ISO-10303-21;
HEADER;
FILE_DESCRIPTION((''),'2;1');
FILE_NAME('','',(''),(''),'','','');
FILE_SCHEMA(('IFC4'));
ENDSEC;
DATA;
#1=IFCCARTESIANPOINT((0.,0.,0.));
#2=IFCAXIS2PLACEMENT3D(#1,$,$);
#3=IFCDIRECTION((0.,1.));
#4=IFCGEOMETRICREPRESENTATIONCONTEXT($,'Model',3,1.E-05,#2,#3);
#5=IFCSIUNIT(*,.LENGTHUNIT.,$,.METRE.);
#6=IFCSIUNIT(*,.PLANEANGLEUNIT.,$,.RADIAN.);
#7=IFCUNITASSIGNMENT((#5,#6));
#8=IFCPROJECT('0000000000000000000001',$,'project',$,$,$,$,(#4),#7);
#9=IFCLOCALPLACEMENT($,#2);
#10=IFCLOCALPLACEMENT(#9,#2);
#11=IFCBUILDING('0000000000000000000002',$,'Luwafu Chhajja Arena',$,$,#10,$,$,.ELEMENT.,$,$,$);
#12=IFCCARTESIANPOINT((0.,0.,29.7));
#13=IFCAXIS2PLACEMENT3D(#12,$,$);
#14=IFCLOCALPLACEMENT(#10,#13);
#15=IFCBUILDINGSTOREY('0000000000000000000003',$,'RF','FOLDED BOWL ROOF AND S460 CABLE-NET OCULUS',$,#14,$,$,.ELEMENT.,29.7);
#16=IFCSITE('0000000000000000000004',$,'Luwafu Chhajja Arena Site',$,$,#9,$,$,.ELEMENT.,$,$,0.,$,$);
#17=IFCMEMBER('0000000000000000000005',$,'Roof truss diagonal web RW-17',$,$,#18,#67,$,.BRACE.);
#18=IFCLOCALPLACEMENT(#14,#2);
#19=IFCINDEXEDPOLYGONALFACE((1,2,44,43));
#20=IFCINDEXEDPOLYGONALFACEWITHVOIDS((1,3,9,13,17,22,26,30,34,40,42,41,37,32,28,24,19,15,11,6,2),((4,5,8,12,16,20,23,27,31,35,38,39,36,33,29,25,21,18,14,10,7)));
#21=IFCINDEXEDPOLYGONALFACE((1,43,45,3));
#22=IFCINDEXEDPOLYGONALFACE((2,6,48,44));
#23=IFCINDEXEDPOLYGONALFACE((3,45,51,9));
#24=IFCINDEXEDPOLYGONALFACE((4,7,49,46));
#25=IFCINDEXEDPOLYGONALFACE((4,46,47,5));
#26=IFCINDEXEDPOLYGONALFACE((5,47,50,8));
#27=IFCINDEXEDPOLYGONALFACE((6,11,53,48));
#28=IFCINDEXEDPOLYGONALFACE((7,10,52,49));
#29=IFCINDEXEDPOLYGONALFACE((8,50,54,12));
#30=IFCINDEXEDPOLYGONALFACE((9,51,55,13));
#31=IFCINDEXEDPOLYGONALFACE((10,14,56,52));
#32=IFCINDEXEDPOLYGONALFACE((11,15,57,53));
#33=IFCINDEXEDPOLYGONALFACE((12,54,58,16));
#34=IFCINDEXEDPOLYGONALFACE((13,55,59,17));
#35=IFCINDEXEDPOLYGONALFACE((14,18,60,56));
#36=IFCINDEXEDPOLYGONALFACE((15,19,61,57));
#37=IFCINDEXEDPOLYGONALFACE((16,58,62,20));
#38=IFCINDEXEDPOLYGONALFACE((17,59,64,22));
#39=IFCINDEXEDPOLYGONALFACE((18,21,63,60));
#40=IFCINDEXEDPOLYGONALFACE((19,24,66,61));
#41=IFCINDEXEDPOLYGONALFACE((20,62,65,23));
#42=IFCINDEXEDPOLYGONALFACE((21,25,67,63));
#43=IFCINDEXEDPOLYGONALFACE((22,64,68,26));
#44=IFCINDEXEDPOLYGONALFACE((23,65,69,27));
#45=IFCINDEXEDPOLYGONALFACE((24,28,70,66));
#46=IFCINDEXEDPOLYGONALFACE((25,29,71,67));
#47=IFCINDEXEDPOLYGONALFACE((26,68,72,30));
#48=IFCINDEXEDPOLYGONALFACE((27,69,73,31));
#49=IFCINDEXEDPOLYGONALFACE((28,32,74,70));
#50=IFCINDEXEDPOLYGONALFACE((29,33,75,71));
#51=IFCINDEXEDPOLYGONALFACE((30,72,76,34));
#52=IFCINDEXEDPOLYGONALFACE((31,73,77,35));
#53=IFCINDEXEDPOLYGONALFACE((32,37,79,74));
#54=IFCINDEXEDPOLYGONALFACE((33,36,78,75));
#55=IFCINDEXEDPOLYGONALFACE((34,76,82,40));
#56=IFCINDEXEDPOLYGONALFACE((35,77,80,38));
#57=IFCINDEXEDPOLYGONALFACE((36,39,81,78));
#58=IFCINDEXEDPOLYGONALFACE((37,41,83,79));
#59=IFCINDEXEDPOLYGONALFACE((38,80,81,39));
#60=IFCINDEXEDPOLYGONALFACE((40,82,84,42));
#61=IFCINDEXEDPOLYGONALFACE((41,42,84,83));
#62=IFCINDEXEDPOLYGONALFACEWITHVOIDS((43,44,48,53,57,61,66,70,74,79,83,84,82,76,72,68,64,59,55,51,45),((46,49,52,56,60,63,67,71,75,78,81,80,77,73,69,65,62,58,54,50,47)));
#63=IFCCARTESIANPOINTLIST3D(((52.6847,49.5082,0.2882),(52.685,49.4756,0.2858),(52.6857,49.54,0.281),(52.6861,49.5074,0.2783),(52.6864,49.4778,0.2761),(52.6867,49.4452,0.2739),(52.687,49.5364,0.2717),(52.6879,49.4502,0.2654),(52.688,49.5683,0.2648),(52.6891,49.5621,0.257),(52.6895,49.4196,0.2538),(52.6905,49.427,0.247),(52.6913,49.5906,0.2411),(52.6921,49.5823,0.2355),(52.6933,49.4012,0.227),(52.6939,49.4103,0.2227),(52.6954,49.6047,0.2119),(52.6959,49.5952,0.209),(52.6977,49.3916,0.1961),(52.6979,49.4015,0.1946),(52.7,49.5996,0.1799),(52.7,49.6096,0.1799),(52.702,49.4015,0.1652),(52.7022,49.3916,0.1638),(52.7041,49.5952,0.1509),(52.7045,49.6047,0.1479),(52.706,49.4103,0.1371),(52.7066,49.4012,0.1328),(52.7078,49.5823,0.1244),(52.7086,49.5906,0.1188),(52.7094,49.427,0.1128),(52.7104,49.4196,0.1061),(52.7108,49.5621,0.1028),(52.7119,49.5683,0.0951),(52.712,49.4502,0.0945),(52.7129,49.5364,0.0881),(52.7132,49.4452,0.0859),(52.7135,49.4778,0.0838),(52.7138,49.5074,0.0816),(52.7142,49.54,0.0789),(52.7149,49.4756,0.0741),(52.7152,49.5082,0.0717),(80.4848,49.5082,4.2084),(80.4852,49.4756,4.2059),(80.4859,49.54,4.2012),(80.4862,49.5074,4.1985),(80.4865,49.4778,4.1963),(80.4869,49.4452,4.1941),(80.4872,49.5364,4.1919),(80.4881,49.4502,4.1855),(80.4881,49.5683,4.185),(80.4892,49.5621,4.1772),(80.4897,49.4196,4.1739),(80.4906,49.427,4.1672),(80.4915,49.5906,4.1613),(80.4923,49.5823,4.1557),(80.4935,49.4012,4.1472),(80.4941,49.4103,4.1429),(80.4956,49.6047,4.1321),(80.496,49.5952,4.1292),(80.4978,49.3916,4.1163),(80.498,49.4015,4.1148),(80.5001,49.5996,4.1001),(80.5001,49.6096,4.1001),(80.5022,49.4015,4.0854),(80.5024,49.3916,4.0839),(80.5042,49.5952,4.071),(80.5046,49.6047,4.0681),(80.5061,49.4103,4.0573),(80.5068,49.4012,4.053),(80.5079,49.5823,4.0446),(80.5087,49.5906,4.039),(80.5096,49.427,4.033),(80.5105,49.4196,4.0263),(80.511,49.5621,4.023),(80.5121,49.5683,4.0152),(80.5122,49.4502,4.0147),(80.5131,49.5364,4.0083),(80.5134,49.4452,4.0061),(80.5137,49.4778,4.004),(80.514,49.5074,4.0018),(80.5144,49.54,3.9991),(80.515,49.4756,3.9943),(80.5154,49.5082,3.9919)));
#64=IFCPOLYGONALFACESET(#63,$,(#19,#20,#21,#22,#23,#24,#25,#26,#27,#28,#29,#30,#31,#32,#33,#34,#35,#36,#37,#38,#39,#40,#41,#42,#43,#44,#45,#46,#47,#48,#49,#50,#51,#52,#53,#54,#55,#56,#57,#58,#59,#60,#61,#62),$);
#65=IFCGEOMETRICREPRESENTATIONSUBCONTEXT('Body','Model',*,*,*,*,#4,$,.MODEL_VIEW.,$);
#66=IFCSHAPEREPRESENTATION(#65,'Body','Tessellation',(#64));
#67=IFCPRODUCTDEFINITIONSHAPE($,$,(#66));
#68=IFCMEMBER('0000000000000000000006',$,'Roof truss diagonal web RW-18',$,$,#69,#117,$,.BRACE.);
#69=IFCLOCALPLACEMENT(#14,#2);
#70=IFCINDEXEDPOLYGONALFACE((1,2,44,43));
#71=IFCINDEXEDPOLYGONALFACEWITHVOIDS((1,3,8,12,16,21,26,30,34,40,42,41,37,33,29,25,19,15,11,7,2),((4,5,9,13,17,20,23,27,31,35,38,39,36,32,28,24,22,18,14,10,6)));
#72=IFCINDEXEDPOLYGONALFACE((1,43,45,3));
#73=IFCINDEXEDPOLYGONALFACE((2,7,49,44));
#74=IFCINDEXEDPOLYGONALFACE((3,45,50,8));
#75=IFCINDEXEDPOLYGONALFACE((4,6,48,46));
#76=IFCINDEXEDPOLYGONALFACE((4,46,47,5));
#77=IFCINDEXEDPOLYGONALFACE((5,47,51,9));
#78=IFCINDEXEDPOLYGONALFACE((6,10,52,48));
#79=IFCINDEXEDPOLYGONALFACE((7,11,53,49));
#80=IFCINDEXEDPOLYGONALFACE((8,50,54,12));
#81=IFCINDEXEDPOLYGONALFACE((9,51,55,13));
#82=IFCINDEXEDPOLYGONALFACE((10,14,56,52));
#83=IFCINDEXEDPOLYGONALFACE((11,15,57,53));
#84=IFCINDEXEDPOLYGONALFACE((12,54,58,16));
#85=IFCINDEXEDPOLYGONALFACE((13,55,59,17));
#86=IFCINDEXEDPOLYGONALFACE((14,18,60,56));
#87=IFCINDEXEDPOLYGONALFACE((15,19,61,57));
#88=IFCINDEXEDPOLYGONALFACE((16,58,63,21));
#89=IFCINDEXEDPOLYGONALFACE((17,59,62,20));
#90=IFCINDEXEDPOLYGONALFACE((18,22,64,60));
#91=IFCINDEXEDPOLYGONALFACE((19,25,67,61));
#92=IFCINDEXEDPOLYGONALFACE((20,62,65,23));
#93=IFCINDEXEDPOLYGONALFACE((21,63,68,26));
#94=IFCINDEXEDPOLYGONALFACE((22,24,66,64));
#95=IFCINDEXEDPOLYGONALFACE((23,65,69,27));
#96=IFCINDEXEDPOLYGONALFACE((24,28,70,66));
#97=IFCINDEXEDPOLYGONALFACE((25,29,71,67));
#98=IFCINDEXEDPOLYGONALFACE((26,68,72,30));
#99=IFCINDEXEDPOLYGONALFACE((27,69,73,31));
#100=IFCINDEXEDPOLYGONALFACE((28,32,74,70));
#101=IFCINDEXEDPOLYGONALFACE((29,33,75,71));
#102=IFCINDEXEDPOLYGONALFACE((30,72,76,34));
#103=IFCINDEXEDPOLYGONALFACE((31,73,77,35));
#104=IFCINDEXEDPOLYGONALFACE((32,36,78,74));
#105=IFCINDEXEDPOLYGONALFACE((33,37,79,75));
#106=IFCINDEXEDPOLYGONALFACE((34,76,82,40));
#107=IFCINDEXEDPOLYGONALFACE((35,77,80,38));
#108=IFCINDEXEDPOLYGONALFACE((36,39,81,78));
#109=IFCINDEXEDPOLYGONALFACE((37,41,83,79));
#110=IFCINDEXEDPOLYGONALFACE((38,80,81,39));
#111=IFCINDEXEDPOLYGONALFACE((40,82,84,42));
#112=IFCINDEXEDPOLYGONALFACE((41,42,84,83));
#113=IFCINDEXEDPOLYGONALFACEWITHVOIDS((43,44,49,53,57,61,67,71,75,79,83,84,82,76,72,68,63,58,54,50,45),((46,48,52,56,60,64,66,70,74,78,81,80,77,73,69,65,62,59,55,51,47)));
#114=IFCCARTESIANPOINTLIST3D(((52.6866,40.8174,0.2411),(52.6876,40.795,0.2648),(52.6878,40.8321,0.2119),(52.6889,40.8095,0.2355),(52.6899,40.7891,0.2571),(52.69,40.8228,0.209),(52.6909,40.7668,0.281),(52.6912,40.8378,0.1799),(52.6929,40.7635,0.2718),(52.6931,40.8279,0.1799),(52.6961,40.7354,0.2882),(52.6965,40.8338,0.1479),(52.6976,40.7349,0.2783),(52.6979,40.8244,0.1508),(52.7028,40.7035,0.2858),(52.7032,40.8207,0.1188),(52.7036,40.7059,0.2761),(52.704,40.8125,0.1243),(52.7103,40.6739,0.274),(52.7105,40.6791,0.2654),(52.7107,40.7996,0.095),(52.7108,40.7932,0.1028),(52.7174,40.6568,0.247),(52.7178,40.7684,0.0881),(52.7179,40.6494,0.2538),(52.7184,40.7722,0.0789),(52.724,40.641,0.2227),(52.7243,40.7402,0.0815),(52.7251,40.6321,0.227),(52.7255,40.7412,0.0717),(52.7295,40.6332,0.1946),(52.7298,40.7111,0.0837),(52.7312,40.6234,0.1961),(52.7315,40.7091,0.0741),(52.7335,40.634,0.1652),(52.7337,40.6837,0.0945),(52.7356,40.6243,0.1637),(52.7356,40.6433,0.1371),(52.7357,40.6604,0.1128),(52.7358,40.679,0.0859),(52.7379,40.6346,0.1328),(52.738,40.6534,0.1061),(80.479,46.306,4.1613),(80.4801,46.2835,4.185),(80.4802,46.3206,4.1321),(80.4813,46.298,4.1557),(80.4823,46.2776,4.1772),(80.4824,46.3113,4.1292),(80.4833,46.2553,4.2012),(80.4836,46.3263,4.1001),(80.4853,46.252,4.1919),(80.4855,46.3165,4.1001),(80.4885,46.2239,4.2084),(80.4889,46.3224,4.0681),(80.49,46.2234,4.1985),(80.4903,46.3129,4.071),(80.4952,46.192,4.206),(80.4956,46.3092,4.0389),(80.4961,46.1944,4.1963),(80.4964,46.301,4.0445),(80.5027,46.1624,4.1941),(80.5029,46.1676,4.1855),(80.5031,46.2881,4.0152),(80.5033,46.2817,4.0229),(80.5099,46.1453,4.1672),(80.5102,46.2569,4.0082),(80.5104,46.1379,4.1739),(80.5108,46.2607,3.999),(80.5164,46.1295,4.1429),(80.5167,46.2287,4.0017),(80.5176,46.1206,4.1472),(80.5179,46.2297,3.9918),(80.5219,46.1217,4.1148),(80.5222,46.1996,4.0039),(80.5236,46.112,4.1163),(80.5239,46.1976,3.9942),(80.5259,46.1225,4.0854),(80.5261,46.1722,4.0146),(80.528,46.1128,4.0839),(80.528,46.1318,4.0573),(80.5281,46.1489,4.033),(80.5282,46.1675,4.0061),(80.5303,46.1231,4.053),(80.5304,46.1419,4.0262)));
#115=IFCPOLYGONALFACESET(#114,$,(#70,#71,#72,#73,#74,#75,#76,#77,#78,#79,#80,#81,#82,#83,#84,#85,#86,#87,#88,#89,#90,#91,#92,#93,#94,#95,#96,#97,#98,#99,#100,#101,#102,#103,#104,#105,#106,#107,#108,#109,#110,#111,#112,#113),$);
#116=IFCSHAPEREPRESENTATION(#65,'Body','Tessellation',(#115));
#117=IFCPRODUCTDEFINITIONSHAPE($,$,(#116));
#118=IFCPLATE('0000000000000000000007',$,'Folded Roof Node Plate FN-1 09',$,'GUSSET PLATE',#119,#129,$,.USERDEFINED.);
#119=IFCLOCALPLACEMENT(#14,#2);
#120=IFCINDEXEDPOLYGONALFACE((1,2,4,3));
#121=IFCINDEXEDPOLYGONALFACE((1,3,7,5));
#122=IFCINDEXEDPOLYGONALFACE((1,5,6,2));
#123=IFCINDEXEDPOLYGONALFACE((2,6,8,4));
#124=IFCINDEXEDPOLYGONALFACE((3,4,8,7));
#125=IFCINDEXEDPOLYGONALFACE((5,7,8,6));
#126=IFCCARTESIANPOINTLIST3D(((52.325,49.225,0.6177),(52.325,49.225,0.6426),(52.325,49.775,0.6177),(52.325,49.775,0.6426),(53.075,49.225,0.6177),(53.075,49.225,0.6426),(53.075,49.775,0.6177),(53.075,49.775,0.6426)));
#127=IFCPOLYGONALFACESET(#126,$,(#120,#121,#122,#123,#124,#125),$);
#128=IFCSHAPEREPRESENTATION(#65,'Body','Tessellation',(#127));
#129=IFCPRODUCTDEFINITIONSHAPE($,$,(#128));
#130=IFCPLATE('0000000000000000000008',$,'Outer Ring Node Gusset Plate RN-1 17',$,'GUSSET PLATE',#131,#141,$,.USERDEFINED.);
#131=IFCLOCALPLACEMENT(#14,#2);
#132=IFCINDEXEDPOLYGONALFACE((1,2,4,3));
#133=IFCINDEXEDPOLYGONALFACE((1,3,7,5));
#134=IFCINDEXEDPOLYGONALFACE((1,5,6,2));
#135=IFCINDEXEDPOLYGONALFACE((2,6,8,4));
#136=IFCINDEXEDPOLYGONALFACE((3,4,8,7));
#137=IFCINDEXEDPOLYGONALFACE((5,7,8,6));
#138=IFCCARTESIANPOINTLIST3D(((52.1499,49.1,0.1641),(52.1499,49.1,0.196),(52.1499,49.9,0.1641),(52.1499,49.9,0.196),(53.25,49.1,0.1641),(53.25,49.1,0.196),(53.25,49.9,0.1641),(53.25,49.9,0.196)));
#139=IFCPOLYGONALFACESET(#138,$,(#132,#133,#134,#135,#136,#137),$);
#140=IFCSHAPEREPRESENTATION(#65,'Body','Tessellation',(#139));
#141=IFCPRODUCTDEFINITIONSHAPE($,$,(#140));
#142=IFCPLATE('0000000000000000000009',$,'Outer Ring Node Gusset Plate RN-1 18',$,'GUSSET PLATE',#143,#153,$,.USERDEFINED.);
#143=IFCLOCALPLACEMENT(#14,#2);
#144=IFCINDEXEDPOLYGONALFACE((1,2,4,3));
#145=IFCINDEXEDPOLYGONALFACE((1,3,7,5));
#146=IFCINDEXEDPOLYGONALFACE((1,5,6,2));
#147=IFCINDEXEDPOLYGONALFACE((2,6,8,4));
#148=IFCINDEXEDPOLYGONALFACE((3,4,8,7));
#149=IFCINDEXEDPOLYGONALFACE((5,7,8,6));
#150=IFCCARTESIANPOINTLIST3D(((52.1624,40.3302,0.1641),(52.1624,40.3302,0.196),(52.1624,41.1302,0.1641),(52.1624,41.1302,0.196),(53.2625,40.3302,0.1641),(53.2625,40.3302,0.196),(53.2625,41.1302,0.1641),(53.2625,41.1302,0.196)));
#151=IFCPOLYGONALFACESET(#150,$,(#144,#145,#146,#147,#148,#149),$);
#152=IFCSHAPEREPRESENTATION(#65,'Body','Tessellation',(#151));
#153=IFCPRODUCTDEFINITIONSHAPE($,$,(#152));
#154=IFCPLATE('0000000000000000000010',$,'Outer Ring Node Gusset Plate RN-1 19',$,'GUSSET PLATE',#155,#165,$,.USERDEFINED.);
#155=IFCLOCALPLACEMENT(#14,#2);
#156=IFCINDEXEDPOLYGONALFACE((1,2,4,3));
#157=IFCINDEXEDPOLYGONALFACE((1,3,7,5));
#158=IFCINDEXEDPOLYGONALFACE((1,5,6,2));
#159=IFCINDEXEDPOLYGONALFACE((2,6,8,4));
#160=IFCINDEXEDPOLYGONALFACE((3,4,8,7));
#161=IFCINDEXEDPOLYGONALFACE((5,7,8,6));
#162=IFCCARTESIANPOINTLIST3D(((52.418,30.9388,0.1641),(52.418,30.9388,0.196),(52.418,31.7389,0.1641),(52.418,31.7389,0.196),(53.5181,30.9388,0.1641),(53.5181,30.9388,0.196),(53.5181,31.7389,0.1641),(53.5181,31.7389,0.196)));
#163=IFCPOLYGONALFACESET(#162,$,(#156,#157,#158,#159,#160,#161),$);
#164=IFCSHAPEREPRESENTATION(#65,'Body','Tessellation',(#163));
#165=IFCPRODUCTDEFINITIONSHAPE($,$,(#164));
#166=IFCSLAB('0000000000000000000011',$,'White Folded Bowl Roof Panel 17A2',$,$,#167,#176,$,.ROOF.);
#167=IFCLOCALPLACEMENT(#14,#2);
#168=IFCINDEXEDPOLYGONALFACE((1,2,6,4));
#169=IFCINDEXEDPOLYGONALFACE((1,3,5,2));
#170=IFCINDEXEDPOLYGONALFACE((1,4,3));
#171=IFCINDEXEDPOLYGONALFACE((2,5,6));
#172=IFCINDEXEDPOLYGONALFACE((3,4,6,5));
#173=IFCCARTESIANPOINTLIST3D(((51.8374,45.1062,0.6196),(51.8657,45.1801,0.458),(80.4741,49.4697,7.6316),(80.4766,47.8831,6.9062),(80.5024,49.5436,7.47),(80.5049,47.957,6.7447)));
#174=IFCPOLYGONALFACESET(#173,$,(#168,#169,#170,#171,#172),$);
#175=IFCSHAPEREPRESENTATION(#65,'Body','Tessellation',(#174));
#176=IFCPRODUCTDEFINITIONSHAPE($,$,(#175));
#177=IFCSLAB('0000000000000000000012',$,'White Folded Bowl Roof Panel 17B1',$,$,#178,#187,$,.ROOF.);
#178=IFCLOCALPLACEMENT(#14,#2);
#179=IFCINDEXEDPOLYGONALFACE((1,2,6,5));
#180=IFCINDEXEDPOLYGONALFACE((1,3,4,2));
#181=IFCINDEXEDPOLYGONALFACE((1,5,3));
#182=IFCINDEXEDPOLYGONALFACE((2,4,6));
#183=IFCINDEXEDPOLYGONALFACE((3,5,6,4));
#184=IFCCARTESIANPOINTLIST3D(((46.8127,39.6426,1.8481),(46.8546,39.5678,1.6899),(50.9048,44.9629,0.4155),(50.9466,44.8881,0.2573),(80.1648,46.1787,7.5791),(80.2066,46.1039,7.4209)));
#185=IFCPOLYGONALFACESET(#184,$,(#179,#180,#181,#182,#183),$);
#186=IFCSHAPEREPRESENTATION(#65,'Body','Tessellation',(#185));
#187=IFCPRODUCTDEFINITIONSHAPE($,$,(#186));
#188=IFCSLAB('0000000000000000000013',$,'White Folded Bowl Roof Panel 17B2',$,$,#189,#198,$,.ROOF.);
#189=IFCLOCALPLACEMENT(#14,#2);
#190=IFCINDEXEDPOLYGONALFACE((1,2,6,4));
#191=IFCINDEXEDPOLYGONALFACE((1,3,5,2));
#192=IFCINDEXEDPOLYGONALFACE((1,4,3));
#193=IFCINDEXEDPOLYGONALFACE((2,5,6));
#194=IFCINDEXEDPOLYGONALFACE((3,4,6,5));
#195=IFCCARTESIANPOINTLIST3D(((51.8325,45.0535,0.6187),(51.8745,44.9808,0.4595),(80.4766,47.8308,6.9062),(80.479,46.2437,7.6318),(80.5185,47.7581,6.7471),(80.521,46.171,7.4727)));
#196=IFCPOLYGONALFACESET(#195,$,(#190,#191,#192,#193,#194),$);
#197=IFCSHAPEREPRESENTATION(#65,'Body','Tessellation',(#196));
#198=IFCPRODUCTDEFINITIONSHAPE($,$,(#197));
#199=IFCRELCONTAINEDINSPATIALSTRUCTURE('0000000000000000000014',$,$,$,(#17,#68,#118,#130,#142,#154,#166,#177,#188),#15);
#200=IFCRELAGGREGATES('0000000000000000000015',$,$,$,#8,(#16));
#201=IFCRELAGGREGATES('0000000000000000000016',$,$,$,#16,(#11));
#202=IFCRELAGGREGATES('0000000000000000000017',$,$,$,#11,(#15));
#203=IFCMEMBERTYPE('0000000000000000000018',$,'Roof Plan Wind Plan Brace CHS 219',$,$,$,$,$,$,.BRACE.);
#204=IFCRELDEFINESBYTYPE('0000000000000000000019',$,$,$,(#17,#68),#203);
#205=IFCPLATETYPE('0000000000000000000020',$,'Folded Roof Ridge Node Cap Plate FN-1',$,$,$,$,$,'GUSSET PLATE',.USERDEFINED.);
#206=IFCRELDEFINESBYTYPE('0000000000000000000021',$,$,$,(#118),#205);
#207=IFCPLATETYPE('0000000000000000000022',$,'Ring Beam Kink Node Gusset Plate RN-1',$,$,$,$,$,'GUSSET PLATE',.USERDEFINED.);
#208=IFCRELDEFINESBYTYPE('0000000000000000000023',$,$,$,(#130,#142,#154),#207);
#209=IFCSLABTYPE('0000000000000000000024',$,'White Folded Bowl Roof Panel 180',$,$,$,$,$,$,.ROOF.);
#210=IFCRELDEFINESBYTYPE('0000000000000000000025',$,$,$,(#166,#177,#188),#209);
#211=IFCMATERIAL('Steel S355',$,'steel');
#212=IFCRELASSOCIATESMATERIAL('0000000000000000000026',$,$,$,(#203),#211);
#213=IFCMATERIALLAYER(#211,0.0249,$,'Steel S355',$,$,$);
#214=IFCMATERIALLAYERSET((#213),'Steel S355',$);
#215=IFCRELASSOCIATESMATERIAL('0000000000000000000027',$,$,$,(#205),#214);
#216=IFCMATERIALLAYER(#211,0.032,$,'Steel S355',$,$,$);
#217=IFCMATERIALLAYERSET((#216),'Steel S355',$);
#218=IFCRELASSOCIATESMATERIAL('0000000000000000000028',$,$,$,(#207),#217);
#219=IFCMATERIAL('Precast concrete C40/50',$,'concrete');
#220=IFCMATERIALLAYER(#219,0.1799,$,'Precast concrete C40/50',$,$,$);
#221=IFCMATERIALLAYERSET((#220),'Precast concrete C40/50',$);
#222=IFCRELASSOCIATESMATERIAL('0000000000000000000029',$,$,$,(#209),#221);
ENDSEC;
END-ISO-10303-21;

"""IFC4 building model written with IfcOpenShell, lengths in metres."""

from ifc_helpers import new_model, si_unit, direction, frame, origin, origin_2d, place, context, subcontext, project, spatial, polyline, rectangle, hollow_circle, outline, extrude, material, layer, layer_set, material_profile, profile_set, type_object, element, save


model = new_model("IFC4")

# Units and contexts
model_context = context("Model", 3, precision=1e-05, world=origin(), true_north=direction((0.0, 1.0)))
body_context = subcontext(model_context, "Body", "Model", "MODEL_VIEW")
ifc_project = project(units=[si_unit("LENGTHUNIT", "METRE"), si_unit("PLANEANGLEUNIT", "RADIAN")], contexts=[model_context])

# Site, building, storey
site_placement = place(None, origin())
site = spatial("IfcSite", under=ifc_project, at=site_placement, Name="Luwafu Chhajja Arena Site", CompositionType="ELEMENT", RefElevation=0.0)
building_placement = place(site_placement, origin())
building = spatial("IfcBuilding", under=site, at=building_placement, Name="Luwafu Chhajja Arena", CompositionType="ELEMENT")
storey_placement = place(building_placement, frame((0.0, 0.0, 29.7)))
storey = spatial("IfcBuildingStorey", under=building, at=storey_placement, Name="RF", Description="FOLDED BOWL ROOF AND S460 CABLE-NET OCULUS", CompositionType="ELEMENT", Elevation=29.7)

# Shared definitions
ifc_material_1 = material(Name="Steel S355", Category="steel")

# Members
ifc_material_profile_1 = material_profile(ifc_material_1, hollow_circle(Radius=0.1096, WallThickness=0.01, at=origin_2d()), Name="CHS 219.1x10")
ifc_profile_set_1 = profile_set([ifc_material_profile_1], Name="Steel S355")
member_type = type_object("IfcMemberType", Name="Roof Plan Wind Plan Brace CHS 219", PredefinedType="BRACE", material=ifc_profile_set_1)
member_1_placement = place(storey_placement, frame((52.7, 49.5, 0.1799), z_axis=(0.990204, 0.0, 0.139631), x_axis=(0.0, 1.0, 0.0)))
element("IfcMember", 1, at=member_1_placement, inside=storey, type_object=member_type, Name="Roof truss diagonal web RW-17", PredefinedType="BRACE", context=body_context, shape_type="SweptSolid", body=[
    extrude(hollow_circle(Radius=0.1096, WallThickness=0.01, at=origin_2d()), origin(), (0.0, 0.0, 1.0), 28.0752),
])
member_2_placement = place(storey_placement, frame((52.7124, 40.7302, 0.1799), z_axis=(0.971793, 0.191912, 0.137073), x_axis=(-0.193741, 0.981053, 0.0)))
element("IfcMember", 2, at=member_2_placement, inside=storey, type_object=member_type, Name="Roof truss diagonal web RW-18", PredefinedType="BRACE", context=body_context, shape_type="SweptSolid", body=[
    extrude(hollow_circle(Radius=0.1096, WallThickness=0.01, at=origin_2d()), origin(), (0.0, 0.0, 1.0), 28.5991),
])

# Plates
ifc_layer_1 = layer(ifc_material_1, 0.0249, Name="Steel S355")
ifc_layer_set_1 = layer_set([ifc_layer_1], Name="Steel S355")
plate_type_1 = type_object("IfcPlateType", Name="Folded Roof Ridge Node Cap Plate FN-1", ElementType="GUSSET PLATE", PredefinedType="USERDEFINED", material=ifc_layer_set_1)
plate_placement = place(storey_placement, frame((52.7, 49.5, 0.6177), z_axis=(0.0, 0.0, 1.0), x_axis=(1.0, 0.0, 0.0)))
element("IfcPlate", 3, at=plate_placement, inside=storey, type_object=plate_type_1, Name="Folded Roof Node Plate FN-1 09", ObjectType="GUSSET PLATE", PredefinedType="USERDEFINED", context=body_context, shape_type="SweptSolid", body=[
    extrude(rectangle(XDim=0.75, YDim=0.55, at=origin_2d()), origin(), (0.0, 0.0, 1.0), 0.0249),
])
ifc_layer_2 = layer(ifc_material_1, 0.032, Name="Steel S355")
ifc_layer_set_2 = layer_set([ifc_layer_2], Name="Steel S355")
plate_type_2 = type_object("IfcPlateType", Name="Ring Beam Kink Node Gusset Plate RN-1", ElementType="GUSSET PLATE", PredefinedType="USERDEFINED", material=ifc_layer_set_2)
for number, where, z_axis, x_axis, name in (
    (4, (52.7, 49.5, 0.1641), (0.0, 0.0, 1.0), (1.0, 0.0, 0.0), "Outer Ring Node Gusset Plate RN-1 17"),
    (5, (52.7124, 40.7302, 0.1641), (0.0, 0.0, 1.0), (1.0, 0.0, 0.0), "Outer Ring Node Gusset Plate RN-1 18"),
    (6, (52.968, 31.3389, 0.1641), (0.0, 0.0, 1.0), (1.0, 0.0, 0.0), "Outer Ring Node Gusset Plate RN-1 19"),
):
    element("IfcPlate", number, at=place(storey_placement, frame(where, z_axis=z_axis, x_axis=x_axis)), inside=storey, type_object=plate_type_2, Name=name, ObjectType="GUSSET PLATE", PredefinedType="USERDEFINED", context=body_context, shape_type="SweptSolid", body=[
        extrude(rectangle(XDim=1.1001, YDim=0.8, at=origin_2d()), origin(), (0.0, 0.0, 1.0), 0.032),
    ])

# Slabs
ifc_material_2 = material(Name="Precast concrete C40/50", Category="concrete")
ifc_layer_3 = layer(ifc_material_2, 0.1799, Name="Precast concrete C40/50")
ifc_layer_set_3 = layer_set([ifc_layer_3], Name="Precast concrete C40/50")
slab_type = type_object("IfcSlabType", Name="White Folded Bowl Roof Panel 180", PredefinedType="ROOF", material=ifc_layer_set_3)
slab_1_placement = place(storey_placement, frame((51.8374, 45.1062, 0.6196), z_axis=(-0.157304, -0.410787, 0.898059), x_axis=(0.960839, 0.146408, 0.23527)))
element("IfcSlab", 7, at=slab_1_placement, inside=storey, type_object=slab_type, Name="White Folded Bowl Roof Panel 17A2", PredefinedType="ROOF", context=body_context, shape_type="SweptSolid", body=[
    extrude(outline(polyline([(0.0, 0.0), (29.8039, 0.0), (29.4032, -1.698), (0.0, 0.0)])), origin(), (0.0, 0.0, -1.0), 0.1799),
])
slab_2_placement = place(storey_placement, frame((50.9048, 44.9629, 0.4155), z_axis=(-0.232545, 0.415632, 0.879303), x_axis=(0.970524, 0.040327, 0.237608)))
element("IfcSlab", 8, at=slab_2_placement, inside=storey, type_object=slab_type, Name="White Folded Bowl Roof Panel 17B1", PredefinedType="ROOF", context=body_context, shape_type="SweptSolid", body=[
    extrude(outline(polyline([(0.0, 0.0), (30.1487, 0.0), (-3.8456, -5.6846), (0.0, 0.0)])), origin(), (0.0, 0.0, -1.0), 0.1799),
])
slab_3_placement = place(storey_placement, frame((51.8325, 45.0535, 0.6187), z_axis=(-0.233327, 0.404, 0.884501), x_axis=(0.972394, 0.094284, 0.213448)))
element("IfcSlab", 9, at=slab_3_placement, inside=storey, type_object=slab_type, Name="White Folded Bowl Roof Panel 17B2", PredefinedType="ROOF", context=body_context, shape_type="SweptSolid", body=[
    extrude(outline(polyline([(0.0, 0.0), (29.4572, 0.0), (29.4648, -1.7451), (0.0, 0.0)])), origin(), (0.0, 0.0, -1.0), 0.1799),
])

save(model, "model.ifc")
